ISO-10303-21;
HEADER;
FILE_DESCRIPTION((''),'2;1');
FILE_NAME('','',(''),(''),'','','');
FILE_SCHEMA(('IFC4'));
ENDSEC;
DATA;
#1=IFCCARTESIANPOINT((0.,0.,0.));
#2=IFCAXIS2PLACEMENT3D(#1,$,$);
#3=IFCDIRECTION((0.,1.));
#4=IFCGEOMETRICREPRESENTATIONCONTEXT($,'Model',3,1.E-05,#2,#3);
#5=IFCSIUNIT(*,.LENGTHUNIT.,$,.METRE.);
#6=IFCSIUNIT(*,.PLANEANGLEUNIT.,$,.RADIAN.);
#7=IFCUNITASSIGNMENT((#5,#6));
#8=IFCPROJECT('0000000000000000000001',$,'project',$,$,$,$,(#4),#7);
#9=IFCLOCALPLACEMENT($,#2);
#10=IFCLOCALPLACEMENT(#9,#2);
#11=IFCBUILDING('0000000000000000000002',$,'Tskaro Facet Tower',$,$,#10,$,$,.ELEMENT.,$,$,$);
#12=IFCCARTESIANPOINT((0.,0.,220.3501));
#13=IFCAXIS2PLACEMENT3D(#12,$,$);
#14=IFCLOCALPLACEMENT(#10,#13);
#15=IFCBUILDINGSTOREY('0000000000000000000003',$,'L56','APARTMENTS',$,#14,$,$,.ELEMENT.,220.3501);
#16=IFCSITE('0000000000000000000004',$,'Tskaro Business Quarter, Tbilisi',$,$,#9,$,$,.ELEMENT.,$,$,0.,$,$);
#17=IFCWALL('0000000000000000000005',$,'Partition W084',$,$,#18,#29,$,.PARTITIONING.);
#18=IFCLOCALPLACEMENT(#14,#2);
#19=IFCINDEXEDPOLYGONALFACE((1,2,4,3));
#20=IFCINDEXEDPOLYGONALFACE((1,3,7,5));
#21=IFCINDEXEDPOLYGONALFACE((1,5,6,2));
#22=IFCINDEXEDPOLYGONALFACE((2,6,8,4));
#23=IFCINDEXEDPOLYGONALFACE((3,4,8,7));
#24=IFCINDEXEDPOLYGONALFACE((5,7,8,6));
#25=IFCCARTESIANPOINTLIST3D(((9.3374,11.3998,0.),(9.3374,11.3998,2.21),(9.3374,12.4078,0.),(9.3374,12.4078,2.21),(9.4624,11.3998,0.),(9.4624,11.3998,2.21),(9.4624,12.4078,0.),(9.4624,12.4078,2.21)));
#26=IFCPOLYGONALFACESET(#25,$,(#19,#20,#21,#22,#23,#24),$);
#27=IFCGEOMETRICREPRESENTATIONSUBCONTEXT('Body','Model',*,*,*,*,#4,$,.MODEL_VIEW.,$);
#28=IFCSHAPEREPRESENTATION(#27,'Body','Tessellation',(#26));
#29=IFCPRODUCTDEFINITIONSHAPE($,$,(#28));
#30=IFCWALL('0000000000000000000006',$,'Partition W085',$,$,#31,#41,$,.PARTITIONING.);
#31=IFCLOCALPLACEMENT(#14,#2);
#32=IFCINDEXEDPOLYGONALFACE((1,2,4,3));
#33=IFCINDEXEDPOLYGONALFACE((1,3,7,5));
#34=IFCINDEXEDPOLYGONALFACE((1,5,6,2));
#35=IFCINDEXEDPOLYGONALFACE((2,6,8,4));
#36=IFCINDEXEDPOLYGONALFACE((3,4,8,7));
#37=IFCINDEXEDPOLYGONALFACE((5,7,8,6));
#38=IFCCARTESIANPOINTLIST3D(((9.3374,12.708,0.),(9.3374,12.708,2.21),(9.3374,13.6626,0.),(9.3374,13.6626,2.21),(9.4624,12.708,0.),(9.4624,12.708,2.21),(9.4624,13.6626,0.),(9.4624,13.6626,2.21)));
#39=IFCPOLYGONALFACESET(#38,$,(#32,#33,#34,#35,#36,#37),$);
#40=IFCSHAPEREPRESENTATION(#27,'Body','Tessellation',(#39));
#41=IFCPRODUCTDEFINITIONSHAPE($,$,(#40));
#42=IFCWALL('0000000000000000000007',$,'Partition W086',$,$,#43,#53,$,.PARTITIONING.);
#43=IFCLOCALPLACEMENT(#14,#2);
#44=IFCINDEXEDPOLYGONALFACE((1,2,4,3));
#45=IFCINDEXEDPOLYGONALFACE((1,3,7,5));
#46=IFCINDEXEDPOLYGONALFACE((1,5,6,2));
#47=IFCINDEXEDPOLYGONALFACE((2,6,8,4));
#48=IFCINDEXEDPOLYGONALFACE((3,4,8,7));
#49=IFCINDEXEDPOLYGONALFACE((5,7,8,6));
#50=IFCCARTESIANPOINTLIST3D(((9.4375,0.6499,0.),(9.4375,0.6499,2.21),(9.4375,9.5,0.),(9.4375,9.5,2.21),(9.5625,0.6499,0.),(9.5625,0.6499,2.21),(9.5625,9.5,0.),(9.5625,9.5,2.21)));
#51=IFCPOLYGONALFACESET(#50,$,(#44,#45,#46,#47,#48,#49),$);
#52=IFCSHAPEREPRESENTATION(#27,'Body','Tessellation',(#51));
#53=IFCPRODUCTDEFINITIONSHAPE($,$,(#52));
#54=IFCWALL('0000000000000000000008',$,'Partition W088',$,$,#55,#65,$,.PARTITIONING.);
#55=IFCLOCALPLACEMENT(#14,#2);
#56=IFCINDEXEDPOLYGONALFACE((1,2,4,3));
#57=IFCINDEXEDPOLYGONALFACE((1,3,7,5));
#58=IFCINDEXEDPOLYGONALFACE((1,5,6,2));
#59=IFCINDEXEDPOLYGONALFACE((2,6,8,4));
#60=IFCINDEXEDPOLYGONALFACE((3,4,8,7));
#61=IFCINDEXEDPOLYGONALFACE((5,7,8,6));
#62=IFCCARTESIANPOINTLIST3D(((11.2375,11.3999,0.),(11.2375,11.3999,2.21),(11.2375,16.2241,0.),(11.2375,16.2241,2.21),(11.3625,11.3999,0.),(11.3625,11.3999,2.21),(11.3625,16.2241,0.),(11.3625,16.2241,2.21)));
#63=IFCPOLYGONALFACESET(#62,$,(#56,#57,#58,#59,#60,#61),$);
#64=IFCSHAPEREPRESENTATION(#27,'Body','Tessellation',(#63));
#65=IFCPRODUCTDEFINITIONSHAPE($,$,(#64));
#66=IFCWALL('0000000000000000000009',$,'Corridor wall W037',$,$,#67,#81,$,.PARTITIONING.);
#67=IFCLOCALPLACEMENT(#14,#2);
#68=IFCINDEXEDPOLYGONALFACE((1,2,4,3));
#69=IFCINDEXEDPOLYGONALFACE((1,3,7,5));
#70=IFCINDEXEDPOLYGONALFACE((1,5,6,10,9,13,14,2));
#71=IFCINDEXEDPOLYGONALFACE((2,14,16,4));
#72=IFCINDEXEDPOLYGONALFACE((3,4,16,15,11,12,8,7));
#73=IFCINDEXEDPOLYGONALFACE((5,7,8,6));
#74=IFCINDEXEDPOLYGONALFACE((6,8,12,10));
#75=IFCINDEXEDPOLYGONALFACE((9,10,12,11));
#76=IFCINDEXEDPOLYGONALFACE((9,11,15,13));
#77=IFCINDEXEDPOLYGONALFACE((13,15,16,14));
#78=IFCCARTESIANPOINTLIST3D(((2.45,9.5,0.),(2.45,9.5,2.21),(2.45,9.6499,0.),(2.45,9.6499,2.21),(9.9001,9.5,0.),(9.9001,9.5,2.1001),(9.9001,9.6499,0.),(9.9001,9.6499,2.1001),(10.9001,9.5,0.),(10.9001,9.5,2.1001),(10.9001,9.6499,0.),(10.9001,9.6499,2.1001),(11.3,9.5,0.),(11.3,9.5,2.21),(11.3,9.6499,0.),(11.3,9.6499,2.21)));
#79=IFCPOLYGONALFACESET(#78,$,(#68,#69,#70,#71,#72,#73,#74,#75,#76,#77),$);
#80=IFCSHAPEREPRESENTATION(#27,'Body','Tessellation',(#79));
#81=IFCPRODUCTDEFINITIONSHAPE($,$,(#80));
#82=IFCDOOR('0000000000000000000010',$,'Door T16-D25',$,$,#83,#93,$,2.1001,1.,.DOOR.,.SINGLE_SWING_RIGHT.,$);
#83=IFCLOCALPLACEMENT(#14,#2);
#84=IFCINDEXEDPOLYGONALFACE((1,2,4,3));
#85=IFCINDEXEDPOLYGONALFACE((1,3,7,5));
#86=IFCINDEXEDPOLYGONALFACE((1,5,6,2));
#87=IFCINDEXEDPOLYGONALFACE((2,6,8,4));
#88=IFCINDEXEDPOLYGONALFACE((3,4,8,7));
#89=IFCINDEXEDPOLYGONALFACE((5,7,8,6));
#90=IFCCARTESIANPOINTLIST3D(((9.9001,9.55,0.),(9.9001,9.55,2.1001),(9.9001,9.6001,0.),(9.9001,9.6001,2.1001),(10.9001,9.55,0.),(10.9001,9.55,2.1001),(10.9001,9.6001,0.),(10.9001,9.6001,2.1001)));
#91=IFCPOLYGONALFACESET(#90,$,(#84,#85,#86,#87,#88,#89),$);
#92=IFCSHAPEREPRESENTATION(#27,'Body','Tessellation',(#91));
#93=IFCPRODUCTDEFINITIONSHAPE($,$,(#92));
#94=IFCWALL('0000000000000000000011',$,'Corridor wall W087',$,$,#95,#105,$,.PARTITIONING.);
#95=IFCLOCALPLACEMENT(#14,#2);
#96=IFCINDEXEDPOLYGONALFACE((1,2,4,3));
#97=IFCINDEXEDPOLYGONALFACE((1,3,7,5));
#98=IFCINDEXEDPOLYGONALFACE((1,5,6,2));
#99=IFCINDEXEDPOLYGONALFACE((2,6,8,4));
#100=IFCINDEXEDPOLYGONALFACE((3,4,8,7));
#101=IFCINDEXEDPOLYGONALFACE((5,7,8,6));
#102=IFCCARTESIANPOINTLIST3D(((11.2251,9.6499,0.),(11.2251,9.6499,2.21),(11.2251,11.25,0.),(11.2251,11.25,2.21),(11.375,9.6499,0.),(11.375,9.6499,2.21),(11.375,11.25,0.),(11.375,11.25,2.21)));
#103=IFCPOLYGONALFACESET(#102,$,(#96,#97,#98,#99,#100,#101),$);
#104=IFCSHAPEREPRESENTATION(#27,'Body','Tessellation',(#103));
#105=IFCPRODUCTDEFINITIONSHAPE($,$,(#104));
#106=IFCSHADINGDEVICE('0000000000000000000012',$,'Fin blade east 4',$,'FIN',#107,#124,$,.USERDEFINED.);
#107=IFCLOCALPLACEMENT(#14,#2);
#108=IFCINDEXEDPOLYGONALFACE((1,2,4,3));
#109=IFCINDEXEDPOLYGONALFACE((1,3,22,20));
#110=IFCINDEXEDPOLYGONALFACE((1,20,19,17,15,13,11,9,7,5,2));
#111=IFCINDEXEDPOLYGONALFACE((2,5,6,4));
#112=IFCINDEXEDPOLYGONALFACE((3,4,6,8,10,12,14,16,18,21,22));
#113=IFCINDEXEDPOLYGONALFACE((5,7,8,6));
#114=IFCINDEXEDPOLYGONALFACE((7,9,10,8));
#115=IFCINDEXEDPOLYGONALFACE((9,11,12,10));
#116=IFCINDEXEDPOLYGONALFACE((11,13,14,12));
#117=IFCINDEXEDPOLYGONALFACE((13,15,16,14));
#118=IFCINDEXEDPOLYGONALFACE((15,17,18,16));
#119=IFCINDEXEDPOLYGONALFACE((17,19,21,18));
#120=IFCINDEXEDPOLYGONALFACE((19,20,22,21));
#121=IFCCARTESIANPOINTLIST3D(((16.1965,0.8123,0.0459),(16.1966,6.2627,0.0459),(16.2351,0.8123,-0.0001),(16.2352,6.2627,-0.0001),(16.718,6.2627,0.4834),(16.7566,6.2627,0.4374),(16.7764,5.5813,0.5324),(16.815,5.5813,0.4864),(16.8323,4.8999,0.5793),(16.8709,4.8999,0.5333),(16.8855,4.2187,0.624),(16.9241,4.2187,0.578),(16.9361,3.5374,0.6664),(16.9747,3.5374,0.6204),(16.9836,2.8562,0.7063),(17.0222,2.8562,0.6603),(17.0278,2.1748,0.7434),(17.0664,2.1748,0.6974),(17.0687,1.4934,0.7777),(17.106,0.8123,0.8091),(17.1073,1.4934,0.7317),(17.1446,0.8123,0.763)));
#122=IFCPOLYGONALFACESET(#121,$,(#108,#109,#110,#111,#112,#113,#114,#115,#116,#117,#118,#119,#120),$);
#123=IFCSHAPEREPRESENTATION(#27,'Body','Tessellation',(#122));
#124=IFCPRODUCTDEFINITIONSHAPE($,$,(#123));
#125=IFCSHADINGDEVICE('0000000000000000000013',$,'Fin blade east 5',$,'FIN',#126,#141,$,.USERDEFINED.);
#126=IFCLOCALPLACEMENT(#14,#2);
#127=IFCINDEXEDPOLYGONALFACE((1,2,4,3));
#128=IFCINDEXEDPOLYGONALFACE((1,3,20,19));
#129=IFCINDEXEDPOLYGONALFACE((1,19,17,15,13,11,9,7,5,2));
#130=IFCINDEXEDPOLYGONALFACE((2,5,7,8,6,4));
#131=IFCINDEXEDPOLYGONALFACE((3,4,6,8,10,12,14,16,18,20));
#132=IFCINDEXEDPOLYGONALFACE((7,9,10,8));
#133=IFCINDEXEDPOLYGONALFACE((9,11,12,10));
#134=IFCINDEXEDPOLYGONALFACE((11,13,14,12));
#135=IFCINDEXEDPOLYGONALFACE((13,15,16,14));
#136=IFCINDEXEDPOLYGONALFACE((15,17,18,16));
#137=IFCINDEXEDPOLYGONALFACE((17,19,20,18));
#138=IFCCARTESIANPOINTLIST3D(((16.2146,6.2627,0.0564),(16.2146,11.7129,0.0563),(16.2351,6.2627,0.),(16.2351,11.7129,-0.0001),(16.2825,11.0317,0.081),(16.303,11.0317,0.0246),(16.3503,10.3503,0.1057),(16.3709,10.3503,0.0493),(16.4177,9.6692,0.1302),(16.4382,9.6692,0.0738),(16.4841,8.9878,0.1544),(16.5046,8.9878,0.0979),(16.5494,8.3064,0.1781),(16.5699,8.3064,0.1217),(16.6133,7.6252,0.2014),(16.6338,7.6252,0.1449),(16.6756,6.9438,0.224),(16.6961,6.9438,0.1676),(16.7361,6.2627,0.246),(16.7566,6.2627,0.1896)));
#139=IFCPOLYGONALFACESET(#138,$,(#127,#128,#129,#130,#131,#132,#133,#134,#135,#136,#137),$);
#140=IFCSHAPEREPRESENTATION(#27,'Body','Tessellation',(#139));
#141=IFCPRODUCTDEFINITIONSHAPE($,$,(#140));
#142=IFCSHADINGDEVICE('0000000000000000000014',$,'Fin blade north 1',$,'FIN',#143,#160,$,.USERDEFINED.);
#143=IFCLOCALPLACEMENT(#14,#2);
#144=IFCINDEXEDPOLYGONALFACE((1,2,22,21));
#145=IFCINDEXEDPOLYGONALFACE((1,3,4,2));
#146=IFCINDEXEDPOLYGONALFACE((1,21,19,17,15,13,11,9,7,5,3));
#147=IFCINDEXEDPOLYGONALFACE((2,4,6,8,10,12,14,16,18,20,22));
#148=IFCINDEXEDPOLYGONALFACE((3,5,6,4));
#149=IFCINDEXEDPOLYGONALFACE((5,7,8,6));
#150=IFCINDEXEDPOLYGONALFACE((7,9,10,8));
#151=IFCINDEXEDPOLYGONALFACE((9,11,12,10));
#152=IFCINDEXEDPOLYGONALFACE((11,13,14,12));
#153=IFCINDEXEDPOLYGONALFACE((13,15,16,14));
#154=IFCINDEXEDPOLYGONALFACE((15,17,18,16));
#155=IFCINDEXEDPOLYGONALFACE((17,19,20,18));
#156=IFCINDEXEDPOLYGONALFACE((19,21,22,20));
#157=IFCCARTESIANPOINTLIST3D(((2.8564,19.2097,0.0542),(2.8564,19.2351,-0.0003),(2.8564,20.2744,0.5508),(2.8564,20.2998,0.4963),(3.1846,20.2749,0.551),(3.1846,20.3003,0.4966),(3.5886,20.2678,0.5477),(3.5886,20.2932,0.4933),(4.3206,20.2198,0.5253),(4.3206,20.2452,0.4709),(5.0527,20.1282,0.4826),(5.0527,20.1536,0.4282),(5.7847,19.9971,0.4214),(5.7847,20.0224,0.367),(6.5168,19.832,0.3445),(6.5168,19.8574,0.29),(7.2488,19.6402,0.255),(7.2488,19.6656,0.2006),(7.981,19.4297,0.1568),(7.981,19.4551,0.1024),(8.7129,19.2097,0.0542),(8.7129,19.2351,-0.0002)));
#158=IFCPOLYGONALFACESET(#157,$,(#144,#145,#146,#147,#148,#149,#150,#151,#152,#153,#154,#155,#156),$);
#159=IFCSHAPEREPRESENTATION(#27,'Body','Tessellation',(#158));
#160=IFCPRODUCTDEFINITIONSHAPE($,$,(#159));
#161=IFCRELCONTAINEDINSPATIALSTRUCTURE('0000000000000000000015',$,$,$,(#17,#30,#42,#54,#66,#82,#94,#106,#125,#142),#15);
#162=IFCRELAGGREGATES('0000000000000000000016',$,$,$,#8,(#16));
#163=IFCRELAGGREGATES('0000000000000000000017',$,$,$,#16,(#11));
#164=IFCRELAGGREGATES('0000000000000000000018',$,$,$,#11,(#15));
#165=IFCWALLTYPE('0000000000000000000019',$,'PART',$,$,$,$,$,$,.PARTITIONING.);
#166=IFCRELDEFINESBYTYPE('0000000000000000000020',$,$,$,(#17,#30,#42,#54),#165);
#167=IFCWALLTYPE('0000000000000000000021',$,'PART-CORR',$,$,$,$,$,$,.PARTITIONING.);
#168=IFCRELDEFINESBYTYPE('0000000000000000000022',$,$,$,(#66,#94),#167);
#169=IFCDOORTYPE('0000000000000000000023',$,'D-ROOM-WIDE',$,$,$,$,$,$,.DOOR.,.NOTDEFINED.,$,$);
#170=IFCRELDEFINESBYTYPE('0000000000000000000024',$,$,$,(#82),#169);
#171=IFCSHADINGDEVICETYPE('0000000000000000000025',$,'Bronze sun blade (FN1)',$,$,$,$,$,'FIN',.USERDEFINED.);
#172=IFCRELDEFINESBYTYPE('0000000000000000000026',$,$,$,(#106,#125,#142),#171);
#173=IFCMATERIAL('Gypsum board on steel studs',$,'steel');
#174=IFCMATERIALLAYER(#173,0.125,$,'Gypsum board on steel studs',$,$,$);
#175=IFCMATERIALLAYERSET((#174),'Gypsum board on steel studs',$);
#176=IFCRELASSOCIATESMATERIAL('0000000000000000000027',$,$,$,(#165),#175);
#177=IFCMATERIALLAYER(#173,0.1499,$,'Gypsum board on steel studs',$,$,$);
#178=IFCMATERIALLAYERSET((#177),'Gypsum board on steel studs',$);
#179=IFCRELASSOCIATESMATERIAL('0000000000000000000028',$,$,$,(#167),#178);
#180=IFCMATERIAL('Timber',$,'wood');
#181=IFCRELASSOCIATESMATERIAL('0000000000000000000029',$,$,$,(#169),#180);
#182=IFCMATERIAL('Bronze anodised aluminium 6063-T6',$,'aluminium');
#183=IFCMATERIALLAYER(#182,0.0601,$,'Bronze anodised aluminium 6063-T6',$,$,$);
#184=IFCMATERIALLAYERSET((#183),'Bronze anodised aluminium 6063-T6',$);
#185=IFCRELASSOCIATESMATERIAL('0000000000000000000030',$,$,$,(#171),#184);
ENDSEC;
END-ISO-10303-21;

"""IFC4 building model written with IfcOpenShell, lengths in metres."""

from ifc_helpers import new_model, si_unit, direction, frame, frame_2d, origin, place, context, subcontext, project, spatial, polyline, rectangle, outline, extrude, material, layer, layer_set, type_object, element, fill, save


model = new_model("IFC4")

# Units and contexts
model_context = context("Model", 3, precision=1e-05, world=origin(), true_north=direction((0.0, 1.0)))
body_context = subcontext(model_context, "Body", "Model", "MODEL_VIEW")
ifc_project = project(units=[si_unit("LENGTHUNIT", "METRE"), si_unit("PLANEANGLEUNIT", "RADIAN")], contexts=[model_context])

# Site, building, storey
site_placement = place(None, origin())
site = spatial("IfcSite", under=ifc_project, at=site_placement, Name="Tskaro Business Quarter, Tbilisi", CompositionType="ELEMENT", RefElevation=0.0)
building_placement = place(site_placement, origin())
building = spatial("IfcBuilding", under=site, at=building_placement, Name="Tskaro Facet Tower", CompositionType="ELEMENT")
storey_placement = place(building_placement, frame((0.0, 0.0, 220.3501)))
storey = spatial("IfcBuildingStorey", under=building, at=storey_placement, Name="L56", Description="APARTMENTS", CompositionType="ELEMENT", Elevation=220.3501)

# Shared definitions
ifc_material_1 = material(Name="Bronze anodised aluminium 6063-T6", Category="aluminium")

# Walls
ifc_material_2 = material(Name="Gypsum board on steel studs", Category="steel")
ifc_layer_1 = layer(ifc_material_2, 0.125, Name="Gypsum board on steel studs")
ifc_layer_set_1 = layer_set([ifc_layer_1], Name="Gypsum board on steel studs")
wall_type_1 = type_object("IfcWallType", Name="PART", PredefinedType="PARTITIONING", material=ifc_layer_set_1)
wall_1_placement = place(storey_placement, frame((9.3999, 11.3999, 0.0), z_axis=(0.0, 0.0, 1.0), x_axis=(0.0, 1.0, 0.0)))
element("IfcWall", 1, at=wall_1_placement, inside=storey, type_object=wall_type_1, Name="Partition W084", PredefinedType="PARTITIONING", context=body_context, shape_type="SweptSolid", body=[
    extrude(rectangle(XDim=1.0081, YDim=0.125, at=frame_2d((0.5039, 0.0))), origin(), (0.0, 0.0, 1.0), 2.21),
])
wall_2_placement = place(storey_placement, frame((9.3999, 12.708, 0.0), z_axis=(0.0, 0.0, 1.0), x_axis=(0.0, 1.0, 0.0)))
element("IfcWall", 2, at=wall_2_placement, inside=storey, type_object=wall_type_1, Name="Partition W085", PredefinedType="PARTITIONING", context=body_context, shape_type="SweptSolid", body=[
    extrude(rectangle(XDim=0.9546, YDim=0.125, at=frame_2d((0.4773, 0.0))), origin(), (0.0, 0.0, 1.0), 2.21),
])
wall_3_placement = place(storey_placement, frame((9.5, 0.6499, 0.0), z_axis=(0.0, 0.0, 1.0), x_axis=(0.0, 1.0, 0.0)))
element("IfcWall", 3, at=wall_3_placement, inside=storey, type_object=wall_type_1, Name="Partition W086", PredefinedType="PARTITIONING", context=body_context, shape_type="SweptSolid", body=[
    extrude(rectangle(XDim=8.8501, YDim=0.125, at=frame_2d((4.425, 0.0))), origin(), (0.0, 0.0, 1.0), 2.21),
])
wall_4_placement = place(storey_placement, frame((11.3, 11.3999, 0.0), z_axis=(0.0, 0.0, 1.0), x_axis=(0.0, 1.0, 0.0)))
element("IfcWall", 4, at=wall_4_placement, inside=storey, type_object=wall_type_1, Name="Partition W088", PredefinedType="PARTITIONING", context=body_context, shape_type="SweptSolid", body=[
    extrude(rectangle(XDim=4.8242, YDim=0.125, at=frame_2d((2.4121, 0.0))), origin(), (0.0, 0.0, 1.0), 2.21),
])

# Wall, opening, door
ifc_layer_2 = layer(ifc_material_2, 0.1499, Name="Gypsum board on steel studs")
ifc_layer_set_2 = layer_set([ifc_layer_2], Name="Gypsum board on steel studs")
wall_type_2 = type_object("IfcWallType", Name="PART-CORR", PredefinedType="PARTITIONING", material=ifc_layer_set_2)
wall_5_placement = place(storey_placement, frame((11.3, 9.575, 0.0), z_axis=(0.0, 0.0, 1.0), x_axis=(-1.0, 0.0, 0.0)))
wall_5 = element("IfcWall", 5, at=wall_5_placement, inside=storey, type_object=wall_type_2, Name="Corridor wall W037", PredefinedType="PARTITIONING", context=body_context, shape_type="SweptSolid", body=[
    extrude(rectangle(XDim=8.8501, YDim=0.1499, at=frame_2d((4.425, 0.0))), origin(), (0.0, 0.0, 1.0), 2.21),
])
opening_placement = place(wall_5_placement, frame((0.3999, 0.0, 0.0)))
opening = element("IfcOpeningElement", 6, at=opening_placement, cuts=wall_5, PredefinedType="OPENING", context=body_context, shape_type="SweptSolid", body=[
    extrude(rectangle(XDim=1.0, YDim=2.1001, at=frame_2d((0.5, 1.05))), frame((0.0, 0.085, 0.0), z_axis=(0.0, -1.0, 0.0), x_axis=(1.0, 0.0, 0.0)), (0.0, 0.0, 1.0), 0.1699),
])
ifc_material_3 = material(Name="Timber", Category="wood")
door_type = type_object("IfcDoorType", Name="D-ROOM-WIDE", OperationType="NOTDEFINED", PredefinedType="DOOR", material=ifc_material_3)
door_placement = place(opening_placement, origin())
door = element("IfcDoor", 7, at=door_placement, inside=storey, type_object=door_type, Name="Door T16-D25", OperationType="SINGLE_SWING_RIGHT", OverallHeight=2.1001, OverallWidth=1.0, PredefinedType="DOOR", context=body_context, shape_type="SweptSolid", body=[
    extrude(rectangle(XDim=1.0, YDim=2.1001, at=frame_2d((0.5, 1.05))), frame((0.0, 0.0249, 0.0), z_axis=(0.0, -1.0, 0.0), x_axis=(1.0, 0.0, 0.0)), (0.0, 0.0, 1.0), 0.05),
])
fill(opening, door)

# Wall
wall_6_placement = place(storey_placement, frame((11.3, 9.6499, 0.0), z_axis=(0.0, 0.0, 1.0), x_axis=(0.0, 1.0, 0.0)))
element("IfcWall", 8, at=wall_6_placement, inside=storey, type_object=wall_type_2, Name="Corridor wall W087", PredefinedType="PARTITIONING", context=body_context, shape_type="SweptSolid", body=[
    extrude(rectangle(XDim=1.6001, YDim=0.1499, at=frame_2d((0.8, 0.0))), origin(), (0.0, 0.0, 1.0), 2.21),
])

# Shading devices
ifc_layer_3 = layer(ifc_material_1, 0.0601, Name="Bronze anodised aluminium 6063-T6")
ifc_layer_set_3 = layer_set([ifc_layer_3], Name="Bronze anodised aluminium 6063-T6")
shading_device_type = type_object("IfcShadingDeviceType", Name="Bronze sun blade (FN1)", ElementType="FIN", PredefinedType="USERDEFINED", material=ifc_layer_set_3)
shading_device_1_placement = place(storey_placement, frame((16.1965, 0.8123, 0.0459), z_axis=(-0.642805, 0.00001, 0.76603), x_axis=(0.000006, 1.0, -0.000007)))
element("IfcShadingDevice", 9, at=shading_device_1_placement, inside=storey, type_object=shading_device_type, Name="Fin blade east 4", ObjectType="FIN", PredefinedType="USERDEFINED", context=body_context, shape_type="SweptSolid", body=[
    extrude(outline(polyline([(0.0, 0.0), (5.4504, 0.0), (5.4504, -0.6807), (4.769, -0.7569), (4.0876, -0.8299), (3.4065, -0.8994), (2.7251, -0.9654), (2.0439, -1.0275), (1.3625, -1.0852), (0.6812, -1.1385), (0.0, -1.1872), (0.0, 0.0)])), origin(), (0.0, 0.0, -1.0), 0.0601),
])
shading_device_2_placement = place(storey_placement, frame((16.2146, 6.2627, 0.0564), z_axis=(-0.341739, 0.000012, 0.939795), x_axis=(0.000004, 1.0, -0.000012)))
element("IfcShadingDevice", 10, at=shading_device_2_placement, inside=storey, type_object=shading_device_type, Name="Fin blade east 5", ObjectType="FIN", PredefinedType="USERDEFINED", context=body_context, shape_type="SweptSolid", body=[
    extrude(outline(polyline([(0.0, 0.0), (5.4502, 0.0), (4.769, -0.0722), (4.0876, -0.1444), (3.4065, -0.2161), (2.7251, -0.2868), (2.0437, -0.3562), (1.3625, -0.4242), (0.6812, -0.4905), (0.0, -0.5549), (0.0, 0.0)])), origin(), (0.0, 0.0, -1.0), 0.0601),
])
shading_device_3_placement = place(storey_placement, frame((8.7129, 19.2097, 0.0542), z_axis=(-0.000009, -0.422726, 0.906258), x_axis=(-1.0, 0.000004, -0.000008)))
element("IfcShadingDevice", 11, at=shading_device_3_placement, inside=storey, type_object=shading_device_type, Name="Fin blade north 1", ObjectType="FIN", PredefinedType="USERDEFINED", context=body_context, shape_type="SweptSolid", body=[
    extrude(outline(polyline([(0.0, 0.0), (5.8564, 0.0), (5.8564, -1.1748), (5.5283, -1.1754), (5.1243, -1.1675), (4.3923, -1.1145), (3.6602, -1.0135), (2.9282, -0.8688), (2.196, -0.6867), (1.4641, -0.475), (0.7319, -0.2427), (0.0, 0.0)])), origin(), (0.0, 0.0, -1.0), 0.0601),
])

save(model, "model.ifc")
